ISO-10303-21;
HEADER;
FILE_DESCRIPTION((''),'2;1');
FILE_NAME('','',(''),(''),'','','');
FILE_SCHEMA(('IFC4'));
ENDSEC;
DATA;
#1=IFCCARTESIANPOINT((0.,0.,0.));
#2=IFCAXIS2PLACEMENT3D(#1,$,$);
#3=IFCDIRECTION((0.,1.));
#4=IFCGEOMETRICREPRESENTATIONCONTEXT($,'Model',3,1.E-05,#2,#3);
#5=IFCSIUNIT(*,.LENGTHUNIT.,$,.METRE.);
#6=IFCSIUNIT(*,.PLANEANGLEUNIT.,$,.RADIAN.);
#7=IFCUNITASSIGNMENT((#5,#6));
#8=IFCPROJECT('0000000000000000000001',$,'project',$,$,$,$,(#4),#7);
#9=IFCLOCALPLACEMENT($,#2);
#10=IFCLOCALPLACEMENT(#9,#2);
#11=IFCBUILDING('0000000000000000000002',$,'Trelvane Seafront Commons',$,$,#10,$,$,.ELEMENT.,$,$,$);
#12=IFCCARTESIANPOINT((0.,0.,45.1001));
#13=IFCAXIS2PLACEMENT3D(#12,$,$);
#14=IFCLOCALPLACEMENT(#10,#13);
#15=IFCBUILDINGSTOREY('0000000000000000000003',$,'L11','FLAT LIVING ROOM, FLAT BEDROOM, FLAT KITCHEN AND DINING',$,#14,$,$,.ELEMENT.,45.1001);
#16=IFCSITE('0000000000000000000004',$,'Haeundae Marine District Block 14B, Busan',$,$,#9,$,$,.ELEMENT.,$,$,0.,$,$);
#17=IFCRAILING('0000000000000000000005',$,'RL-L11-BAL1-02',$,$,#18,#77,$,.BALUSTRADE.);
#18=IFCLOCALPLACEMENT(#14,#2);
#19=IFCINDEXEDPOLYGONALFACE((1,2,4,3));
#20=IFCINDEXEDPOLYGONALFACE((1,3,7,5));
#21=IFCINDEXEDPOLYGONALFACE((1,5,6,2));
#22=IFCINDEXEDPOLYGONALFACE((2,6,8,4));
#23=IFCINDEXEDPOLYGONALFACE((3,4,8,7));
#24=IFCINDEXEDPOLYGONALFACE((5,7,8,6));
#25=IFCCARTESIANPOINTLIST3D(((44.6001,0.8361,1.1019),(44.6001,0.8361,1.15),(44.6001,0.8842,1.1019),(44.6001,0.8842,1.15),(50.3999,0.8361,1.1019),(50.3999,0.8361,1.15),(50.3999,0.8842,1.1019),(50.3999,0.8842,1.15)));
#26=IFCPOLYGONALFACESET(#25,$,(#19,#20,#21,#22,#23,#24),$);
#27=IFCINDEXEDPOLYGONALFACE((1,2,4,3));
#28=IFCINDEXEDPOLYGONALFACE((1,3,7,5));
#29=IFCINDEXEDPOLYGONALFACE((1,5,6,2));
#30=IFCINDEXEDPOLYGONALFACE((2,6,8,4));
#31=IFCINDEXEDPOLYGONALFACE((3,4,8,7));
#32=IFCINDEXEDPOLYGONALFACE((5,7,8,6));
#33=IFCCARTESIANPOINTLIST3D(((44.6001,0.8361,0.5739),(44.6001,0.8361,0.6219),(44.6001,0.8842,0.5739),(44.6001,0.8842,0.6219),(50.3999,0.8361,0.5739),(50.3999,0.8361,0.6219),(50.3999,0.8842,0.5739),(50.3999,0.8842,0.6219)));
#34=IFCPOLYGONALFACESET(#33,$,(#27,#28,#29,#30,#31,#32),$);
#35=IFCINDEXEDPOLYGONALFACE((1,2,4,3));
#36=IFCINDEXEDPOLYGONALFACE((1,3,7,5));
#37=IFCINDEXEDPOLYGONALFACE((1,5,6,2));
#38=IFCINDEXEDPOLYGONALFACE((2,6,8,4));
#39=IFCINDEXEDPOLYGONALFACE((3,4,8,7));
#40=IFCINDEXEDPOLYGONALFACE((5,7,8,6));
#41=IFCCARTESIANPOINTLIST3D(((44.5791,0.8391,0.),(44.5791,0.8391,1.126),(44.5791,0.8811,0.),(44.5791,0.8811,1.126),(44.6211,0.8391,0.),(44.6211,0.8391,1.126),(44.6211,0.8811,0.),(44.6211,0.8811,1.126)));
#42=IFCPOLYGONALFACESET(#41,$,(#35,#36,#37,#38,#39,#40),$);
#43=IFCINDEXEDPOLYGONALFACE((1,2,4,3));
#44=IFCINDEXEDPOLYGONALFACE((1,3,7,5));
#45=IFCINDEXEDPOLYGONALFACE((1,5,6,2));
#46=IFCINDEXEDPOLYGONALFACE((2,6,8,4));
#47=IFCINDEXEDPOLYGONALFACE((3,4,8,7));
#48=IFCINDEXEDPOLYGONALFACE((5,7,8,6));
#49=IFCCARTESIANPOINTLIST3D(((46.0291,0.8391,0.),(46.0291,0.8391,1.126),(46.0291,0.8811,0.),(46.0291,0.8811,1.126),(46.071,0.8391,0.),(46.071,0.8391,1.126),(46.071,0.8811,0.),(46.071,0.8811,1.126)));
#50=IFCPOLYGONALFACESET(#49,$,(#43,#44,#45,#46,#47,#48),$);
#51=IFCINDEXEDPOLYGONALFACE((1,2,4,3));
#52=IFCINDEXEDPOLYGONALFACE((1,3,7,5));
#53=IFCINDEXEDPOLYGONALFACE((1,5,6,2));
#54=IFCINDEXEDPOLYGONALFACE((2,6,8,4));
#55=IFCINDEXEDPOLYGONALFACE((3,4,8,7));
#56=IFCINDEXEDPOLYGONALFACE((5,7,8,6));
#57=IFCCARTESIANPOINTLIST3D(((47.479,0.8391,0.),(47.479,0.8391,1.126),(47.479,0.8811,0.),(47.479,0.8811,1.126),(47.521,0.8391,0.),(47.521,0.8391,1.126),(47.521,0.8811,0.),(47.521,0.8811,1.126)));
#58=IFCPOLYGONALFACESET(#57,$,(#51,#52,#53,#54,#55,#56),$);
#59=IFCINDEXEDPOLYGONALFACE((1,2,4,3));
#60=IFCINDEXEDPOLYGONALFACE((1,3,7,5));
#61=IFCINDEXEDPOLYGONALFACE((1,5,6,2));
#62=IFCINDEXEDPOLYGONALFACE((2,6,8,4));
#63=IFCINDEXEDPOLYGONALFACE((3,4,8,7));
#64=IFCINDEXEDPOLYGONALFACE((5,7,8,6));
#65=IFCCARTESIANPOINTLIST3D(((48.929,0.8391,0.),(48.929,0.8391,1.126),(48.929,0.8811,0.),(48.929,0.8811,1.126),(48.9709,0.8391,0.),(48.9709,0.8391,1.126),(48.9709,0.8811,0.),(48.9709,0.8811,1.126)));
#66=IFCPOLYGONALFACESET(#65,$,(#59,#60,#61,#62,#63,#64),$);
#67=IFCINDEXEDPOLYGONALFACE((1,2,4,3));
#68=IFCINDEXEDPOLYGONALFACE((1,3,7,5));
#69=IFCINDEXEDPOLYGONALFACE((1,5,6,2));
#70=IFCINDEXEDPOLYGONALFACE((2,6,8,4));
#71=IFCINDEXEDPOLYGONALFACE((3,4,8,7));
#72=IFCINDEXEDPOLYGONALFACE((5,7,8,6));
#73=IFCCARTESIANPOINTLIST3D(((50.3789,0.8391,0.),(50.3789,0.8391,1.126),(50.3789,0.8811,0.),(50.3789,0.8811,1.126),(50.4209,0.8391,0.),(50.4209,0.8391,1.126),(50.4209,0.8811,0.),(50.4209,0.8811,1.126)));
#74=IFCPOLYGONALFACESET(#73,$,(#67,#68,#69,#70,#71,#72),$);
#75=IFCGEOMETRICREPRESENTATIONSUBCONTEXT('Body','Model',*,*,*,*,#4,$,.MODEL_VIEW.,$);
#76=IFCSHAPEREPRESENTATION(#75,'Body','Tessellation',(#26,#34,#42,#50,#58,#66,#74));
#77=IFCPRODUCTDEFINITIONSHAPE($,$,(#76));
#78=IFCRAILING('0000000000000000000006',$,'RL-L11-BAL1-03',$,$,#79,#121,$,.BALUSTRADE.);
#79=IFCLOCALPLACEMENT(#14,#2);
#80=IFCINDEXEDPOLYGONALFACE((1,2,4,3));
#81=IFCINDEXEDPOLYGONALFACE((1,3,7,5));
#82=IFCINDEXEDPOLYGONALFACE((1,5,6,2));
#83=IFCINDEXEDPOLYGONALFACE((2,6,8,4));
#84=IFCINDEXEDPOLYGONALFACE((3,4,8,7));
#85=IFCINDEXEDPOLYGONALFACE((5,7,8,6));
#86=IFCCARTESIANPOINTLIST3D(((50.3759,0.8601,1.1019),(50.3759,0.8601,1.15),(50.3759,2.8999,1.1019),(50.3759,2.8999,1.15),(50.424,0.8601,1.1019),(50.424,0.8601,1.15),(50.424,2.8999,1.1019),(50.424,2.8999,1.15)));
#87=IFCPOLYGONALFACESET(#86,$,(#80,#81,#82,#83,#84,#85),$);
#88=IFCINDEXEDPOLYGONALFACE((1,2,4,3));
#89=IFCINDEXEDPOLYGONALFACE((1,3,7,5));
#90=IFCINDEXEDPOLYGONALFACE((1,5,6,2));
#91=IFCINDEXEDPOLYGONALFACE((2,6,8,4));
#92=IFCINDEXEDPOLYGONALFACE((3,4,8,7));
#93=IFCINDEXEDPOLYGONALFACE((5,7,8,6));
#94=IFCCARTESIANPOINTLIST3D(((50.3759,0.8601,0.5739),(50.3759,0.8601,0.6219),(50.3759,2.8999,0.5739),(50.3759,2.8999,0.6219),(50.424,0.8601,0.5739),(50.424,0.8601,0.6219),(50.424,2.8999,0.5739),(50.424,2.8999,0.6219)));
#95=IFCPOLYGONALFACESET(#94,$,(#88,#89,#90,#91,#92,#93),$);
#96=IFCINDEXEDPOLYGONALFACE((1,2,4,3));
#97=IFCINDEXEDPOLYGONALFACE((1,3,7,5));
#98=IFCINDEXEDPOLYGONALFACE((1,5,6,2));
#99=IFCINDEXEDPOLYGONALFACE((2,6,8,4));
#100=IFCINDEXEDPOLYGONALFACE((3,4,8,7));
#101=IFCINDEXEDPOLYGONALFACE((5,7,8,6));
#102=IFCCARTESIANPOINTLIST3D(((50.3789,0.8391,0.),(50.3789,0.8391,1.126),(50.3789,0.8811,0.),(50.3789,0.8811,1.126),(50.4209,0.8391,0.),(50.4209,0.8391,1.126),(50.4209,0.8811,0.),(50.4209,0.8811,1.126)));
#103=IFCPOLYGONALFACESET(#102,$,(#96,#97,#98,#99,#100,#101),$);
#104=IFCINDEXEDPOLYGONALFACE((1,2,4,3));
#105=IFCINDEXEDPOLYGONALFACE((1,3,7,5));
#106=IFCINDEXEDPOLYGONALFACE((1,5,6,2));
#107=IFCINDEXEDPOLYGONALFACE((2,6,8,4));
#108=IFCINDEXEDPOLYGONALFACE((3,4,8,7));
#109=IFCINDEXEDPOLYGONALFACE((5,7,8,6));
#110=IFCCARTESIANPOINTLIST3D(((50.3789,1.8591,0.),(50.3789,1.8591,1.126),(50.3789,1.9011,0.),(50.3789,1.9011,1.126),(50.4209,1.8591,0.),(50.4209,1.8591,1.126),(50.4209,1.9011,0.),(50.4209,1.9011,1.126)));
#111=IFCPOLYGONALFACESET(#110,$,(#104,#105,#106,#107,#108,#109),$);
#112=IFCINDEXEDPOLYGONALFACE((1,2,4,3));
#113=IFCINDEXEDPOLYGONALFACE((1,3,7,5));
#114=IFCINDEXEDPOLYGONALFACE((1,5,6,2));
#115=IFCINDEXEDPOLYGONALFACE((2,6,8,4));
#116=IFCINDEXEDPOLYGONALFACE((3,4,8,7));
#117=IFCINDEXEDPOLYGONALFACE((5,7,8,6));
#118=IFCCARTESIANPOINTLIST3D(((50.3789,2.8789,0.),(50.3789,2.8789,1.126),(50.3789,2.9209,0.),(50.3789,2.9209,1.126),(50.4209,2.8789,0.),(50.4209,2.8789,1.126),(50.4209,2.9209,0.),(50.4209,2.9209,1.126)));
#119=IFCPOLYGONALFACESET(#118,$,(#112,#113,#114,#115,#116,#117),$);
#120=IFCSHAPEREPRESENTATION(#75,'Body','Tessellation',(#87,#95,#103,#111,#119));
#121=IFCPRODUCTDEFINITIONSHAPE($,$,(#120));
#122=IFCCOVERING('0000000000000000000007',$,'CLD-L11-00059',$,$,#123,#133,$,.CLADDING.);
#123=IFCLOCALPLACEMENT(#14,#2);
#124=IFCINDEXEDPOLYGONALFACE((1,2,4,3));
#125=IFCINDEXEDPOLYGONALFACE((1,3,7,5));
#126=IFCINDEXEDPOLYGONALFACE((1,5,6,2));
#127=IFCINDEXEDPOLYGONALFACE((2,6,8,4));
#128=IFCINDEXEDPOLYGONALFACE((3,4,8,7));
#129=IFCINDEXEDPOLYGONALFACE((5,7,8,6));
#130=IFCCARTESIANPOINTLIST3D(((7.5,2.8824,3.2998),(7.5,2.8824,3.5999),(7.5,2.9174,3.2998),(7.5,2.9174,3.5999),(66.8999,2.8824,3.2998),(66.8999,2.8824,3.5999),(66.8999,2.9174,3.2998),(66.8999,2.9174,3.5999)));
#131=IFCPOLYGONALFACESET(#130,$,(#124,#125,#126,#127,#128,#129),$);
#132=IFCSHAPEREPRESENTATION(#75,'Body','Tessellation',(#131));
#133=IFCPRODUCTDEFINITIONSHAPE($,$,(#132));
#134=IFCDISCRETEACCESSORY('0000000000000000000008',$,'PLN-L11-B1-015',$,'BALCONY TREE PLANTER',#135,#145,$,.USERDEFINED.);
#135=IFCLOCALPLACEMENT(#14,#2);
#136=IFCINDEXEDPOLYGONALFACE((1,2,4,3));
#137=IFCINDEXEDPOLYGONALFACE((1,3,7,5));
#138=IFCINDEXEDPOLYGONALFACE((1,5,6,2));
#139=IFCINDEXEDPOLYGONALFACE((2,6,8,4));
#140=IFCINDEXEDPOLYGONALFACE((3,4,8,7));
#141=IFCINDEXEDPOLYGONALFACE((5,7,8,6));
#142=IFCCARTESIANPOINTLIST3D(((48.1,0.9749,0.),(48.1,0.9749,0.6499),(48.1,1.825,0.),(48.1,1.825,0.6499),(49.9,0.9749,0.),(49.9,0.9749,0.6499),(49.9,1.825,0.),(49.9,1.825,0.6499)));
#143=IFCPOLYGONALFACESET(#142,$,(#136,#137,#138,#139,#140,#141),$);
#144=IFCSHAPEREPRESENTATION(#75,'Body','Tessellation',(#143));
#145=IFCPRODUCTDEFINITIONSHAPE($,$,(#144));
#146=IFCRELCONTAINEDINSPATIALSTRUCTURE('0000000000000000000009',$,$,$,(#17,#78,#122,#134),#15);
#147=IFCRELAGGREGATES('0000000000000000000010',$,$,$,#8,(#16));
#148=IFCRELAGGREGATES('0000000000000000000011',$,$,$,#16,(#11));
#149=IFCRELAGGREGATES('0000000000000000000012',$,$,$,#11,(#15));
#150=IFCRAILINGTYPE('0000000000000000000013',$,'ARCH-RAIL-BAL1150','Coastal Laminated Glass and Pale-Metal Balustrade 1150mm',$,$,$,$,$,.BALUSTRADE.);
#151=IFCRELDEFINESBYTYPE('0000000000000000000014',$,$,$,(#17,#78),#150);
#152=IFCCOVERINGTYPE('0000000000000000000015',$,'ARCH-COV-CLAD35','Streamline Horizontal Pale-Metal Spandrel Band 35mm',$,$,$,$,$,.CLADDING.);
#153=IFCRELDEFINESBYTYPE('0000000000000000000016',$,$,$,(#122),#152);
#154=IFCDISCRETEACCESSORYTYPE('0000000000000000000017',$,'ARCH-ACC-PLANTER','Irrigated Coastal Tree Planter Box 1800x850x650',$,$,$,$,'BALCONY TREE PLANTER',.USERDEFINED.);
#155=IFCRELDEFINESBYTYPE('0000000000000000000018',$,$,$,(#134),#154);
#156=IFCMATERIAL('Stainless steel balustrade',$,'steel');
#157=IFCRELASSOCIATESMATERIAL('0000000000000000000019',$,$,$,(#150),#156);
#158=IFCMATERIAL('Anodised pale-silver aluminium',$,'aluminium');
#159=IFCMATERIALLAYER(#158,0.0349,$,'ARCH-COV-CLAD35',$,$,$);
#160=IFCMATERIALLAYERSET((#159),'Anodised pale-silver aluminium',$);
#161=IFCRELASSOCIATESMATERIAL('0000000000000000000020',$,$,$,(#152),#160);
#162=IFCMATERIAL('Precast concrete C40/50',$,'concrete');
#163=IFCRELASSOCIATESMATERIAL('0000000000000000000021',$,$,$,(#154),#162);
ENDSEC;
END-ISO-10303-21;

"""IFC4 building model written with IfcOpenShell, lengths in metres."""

from ifc_helpers import new_model, si_unit, direction, frame, origin, origin_2d, place, context, subcontext, project, spatial, rectangle, extrude, source, transform, mapped, material, layer, layer_set, type_object, element, save


model = new_model("IFC4")

# Units and contexts
model_context = context("Model", 3, precision=1e-05, world=origin(), true_north=direction((0.0, 1.0)))
body_context = subcontext(model_context, "Body", "Model", "MODEL_VIEW")
ifc_project = project(units=[si_unit("LENGTHUNIT", "METRE"), si_unit("PLANEANGLEUNIT", "RADIAN")], contexts=[model_context])

# Site, building, storey
site_placement = place(None, origin())
site = spatial("IfcSite", under=ifc_project, at=site_placement, Name="Haeundae Marine District Block 14B, Busan", CompositionType="ELEMENT", RefElevation=0.0)
building_placement = place(site_placement, origin())
building = spatial("IfcBuilding", under=site, at=building_placement, Name="Trelvane Seafront Commons", CompositionType="ELEMENT")
storey_placement = place(building_placement, frame((0.0, 0.0, 45.1001)))
storey = spatial("IfcBuildingStorey", under=building, at=storey_placement, Name="L11", Description="FLAT LIVING ROOM, FLAT BEDROOM, FLAT KITCHEN AND DINING", CompositionType="ELEMENT", Elevation=45.1001)

# Shared definitions
ifc_material_1 = material(Name="Anodised pale-silver aluminium", Category="aluminium")

# Railings
ifc_material_2 = material(Name="Stainless steel balustrade", Category="steel")
railing_type = type_object("IfcRailingType", Name="ARCH-RAIL-BAL1150", Description="Coastal Laminated Glass and Pale-Metal Balustrade 1150mm", PredefinedType="BALUSTRADE", material=ifc_material_2)
railing_1_placement = place(storey_placement, frame((44.6001, 0.8601, 0.0)))
element("IfcRailing", 1, at=railing_1_placement, inside=storey, type_object=railing_type, Name="RL-L11-BAL1-02", PredefinedType="BALUSTRADE", context=body_context, shape_type="SweptSolid", body=[
    extrude(rectangle(XDim=0.0481, YDim=0.0481, at=origin_2d()), frame((0.0, 0.0, 1.126), z_axis=(1.0, 0.0, 0.0), x_axis=(0.0, 1.0, 0.0)), (0.0, 0.0, 1.0), 5.7998),
    extrude(rectangle(XDim=0.0481, YDim=0.0481, at=origin_2d()), frame((0.0, 0.0, 0.5979), z_axis=(1.0, 0.0, 0.0), x_axis=(0.0, 1.0, 0.0)), (0.0, 0.0, 1.0), 5.7998),
    extrude(rectangle(XDim=0.042, YDim=0.042, at=origin_2d()), origin(), (0.0, 0.0, 1.0), 1.126),
    extrude(rectangle(XDim=0.042, YDim=0.042, at=origin_2d()), frame((1.45, 0.0, 0.0)), (0.0, 0.0, 1.0), 1.126),
    extrude(rectangle(XDim=0.042, YDim=0.042, at=origin_2d()), frame((2.8999, 0.0, 0.0)), (0.0, 0.0, 1.0), 1.126),
    extrude(rectangle(XDim=0.042, YDim=0.042, at=origin_2d()), frame((4.3499, 0.0, 0.0)), (0.0, 0.0, 1.0), 1.126),
    extrude(rectangle(XDim=0.042, YDim=0.042, at=origin_2d()), frame((5.7998, 0.0, 0.0)), (0.0, 0.0, 1.0), 1.126),
])
railing_2_placement = place(storey_placement, frame((50.3999, 0.8601, 0.0)))
element("IfcRailing", 2, at=railing_2_placement, inside=storey, type_object=railing_type, Name="RL-L11-BAL1-03", PredefinedType="BALUSTRADE", context=body_context, shape_type="SweptSolid", body=[
    extrude(rectangle(XDim=0.0481, YDim=0.0481, at=origin_2d()), frame((0.0, 0.0, 1.126), z_axis=(0.0, 1.0, 0.0), x_axis=(-1.0, 0.0, 0.0)), (0.0, 0.0, 1.0), 2.0398),
    extrude(rectangle(XDim=0.0481, YDim=0.0481, at=origin_2d()), frame((0.0, 0.0, 0.5979), z_axis=(0.0, 1.0, 0.0), x_axis=(-1.0, 0.0, 0.0)), (0.0, 0.0, 1.0), 2.0398),
    extrude(rectangle(XDim=0.042, YDim=0.042, at=origin_2d()), origin(), (0.0, 0.0, 1.0), 1.126),
    extrude(rectangle(XDim=0.042, YDim=0.042, at=origin_2d()), frame((0.0, 1.02, 0.0)), (0.0, 0.0, 1.0), 1.126),
    extrude(rectangle(XDim=0.042, YDim=0.042, at=origin_2d()), frame((0.0, 2.0398, 0.0)), (0.0, 0.0, 1.0), 1.126),
])

# Covering
ifc_layer_1 = layer(ifc_material_1, 0.0349, Name="ARCH-COV-CLAD35")
ifc_layer_set_1 = layer_set([ifc_layer_1], Name="Anodised pale-silver aluminium")
covering_type = type_object("IfcCoveringType", Name="ARCH-COV-CLAD35", Description="Streamline Horizontal Pale-Metal Spandrel Band 35mm", PredefinedType="CLADDING", material=ifc_layer_set_1)
shared_shape_1 = source(origin(), body_context, "Body", "SweptSolid", [
    extrude(rectangle(XDim=59.3999, YDim=0.0349, at=origin_2d()), origin(), (0.0, 0.0, 1.0), 0.3),
])
covering_placement = place(storey_placement, frame((37.2, 2.8999, 3.2998), z_axis=(0.0, 0.0, 1.0), x_axis=(-1.0, 0.0, 0.0)))
element("IfcCovering", 3, at=covering_placement, inside=storey, type_object=covering_type, Name="CLD-L11-00059", PredefinedType="CLADDING", context=body_context, shape_type="MappedRepresentation", body=[
    mapped(shared_shape_1, transform((0.0, 0.0, 0.0), x_axis=(1.0, 0.0, 0.0), y_axis=(0.0, 1.0, 0.0), z_axis=(0.0, 0.0, 1.0), scale=1.0)),
])

# Discrete accessory
ifc_material_3 = material(Name="Precast concrete C40/50", Category="concrete")
discrete_accessory_type = type_object("IfcDiscreteAccessoryType", Name="ARCH-ACC-PLANTER", Description="Irrigated Coastal Tree Planter Box 1800x850x650", ElementType="BALCONY TREE PLANTER", PredefinedType="USERDEFINED", material=ifc_material_3)
shared_shape_2 = source(origin(), body_context, "Body", "SweptSolid", [
    extrude(rectangle(XDim=1.8, YDim=0.8501, at=origin_2d()), origin(), (0.0, 0.0, 1.0), 0.6499),
])
discrete_accessory_placement = place(storey_placement, frame((49.0, 1.3999, 0.0), z_axis=(0.0, 0.0, 1.0), x_axis=(1.0, 0.0, 0.0)))
element("IfcDiscreteAccessory", 4, at=discrete_accessory_placement, inside=storey, type_object=discrete_accessory_type, Name="PLN-L11-B1-015", ObjectType="BALCONY TREE PLANTER", PredefinedType="USERDEFINED", context=body_context, shape_type="MappedRepresentation", body=[
    mapped(shared_shape_2, transform((0.0, 0.0, 0.0), x_axis=(1.0, 0.0, 0.0), y_axis=(0.0, 1.0, 0.0), z_axis=(0.0, 0.0, 1.0), scale=1.0)),
])

save(model, "model.ifc")
